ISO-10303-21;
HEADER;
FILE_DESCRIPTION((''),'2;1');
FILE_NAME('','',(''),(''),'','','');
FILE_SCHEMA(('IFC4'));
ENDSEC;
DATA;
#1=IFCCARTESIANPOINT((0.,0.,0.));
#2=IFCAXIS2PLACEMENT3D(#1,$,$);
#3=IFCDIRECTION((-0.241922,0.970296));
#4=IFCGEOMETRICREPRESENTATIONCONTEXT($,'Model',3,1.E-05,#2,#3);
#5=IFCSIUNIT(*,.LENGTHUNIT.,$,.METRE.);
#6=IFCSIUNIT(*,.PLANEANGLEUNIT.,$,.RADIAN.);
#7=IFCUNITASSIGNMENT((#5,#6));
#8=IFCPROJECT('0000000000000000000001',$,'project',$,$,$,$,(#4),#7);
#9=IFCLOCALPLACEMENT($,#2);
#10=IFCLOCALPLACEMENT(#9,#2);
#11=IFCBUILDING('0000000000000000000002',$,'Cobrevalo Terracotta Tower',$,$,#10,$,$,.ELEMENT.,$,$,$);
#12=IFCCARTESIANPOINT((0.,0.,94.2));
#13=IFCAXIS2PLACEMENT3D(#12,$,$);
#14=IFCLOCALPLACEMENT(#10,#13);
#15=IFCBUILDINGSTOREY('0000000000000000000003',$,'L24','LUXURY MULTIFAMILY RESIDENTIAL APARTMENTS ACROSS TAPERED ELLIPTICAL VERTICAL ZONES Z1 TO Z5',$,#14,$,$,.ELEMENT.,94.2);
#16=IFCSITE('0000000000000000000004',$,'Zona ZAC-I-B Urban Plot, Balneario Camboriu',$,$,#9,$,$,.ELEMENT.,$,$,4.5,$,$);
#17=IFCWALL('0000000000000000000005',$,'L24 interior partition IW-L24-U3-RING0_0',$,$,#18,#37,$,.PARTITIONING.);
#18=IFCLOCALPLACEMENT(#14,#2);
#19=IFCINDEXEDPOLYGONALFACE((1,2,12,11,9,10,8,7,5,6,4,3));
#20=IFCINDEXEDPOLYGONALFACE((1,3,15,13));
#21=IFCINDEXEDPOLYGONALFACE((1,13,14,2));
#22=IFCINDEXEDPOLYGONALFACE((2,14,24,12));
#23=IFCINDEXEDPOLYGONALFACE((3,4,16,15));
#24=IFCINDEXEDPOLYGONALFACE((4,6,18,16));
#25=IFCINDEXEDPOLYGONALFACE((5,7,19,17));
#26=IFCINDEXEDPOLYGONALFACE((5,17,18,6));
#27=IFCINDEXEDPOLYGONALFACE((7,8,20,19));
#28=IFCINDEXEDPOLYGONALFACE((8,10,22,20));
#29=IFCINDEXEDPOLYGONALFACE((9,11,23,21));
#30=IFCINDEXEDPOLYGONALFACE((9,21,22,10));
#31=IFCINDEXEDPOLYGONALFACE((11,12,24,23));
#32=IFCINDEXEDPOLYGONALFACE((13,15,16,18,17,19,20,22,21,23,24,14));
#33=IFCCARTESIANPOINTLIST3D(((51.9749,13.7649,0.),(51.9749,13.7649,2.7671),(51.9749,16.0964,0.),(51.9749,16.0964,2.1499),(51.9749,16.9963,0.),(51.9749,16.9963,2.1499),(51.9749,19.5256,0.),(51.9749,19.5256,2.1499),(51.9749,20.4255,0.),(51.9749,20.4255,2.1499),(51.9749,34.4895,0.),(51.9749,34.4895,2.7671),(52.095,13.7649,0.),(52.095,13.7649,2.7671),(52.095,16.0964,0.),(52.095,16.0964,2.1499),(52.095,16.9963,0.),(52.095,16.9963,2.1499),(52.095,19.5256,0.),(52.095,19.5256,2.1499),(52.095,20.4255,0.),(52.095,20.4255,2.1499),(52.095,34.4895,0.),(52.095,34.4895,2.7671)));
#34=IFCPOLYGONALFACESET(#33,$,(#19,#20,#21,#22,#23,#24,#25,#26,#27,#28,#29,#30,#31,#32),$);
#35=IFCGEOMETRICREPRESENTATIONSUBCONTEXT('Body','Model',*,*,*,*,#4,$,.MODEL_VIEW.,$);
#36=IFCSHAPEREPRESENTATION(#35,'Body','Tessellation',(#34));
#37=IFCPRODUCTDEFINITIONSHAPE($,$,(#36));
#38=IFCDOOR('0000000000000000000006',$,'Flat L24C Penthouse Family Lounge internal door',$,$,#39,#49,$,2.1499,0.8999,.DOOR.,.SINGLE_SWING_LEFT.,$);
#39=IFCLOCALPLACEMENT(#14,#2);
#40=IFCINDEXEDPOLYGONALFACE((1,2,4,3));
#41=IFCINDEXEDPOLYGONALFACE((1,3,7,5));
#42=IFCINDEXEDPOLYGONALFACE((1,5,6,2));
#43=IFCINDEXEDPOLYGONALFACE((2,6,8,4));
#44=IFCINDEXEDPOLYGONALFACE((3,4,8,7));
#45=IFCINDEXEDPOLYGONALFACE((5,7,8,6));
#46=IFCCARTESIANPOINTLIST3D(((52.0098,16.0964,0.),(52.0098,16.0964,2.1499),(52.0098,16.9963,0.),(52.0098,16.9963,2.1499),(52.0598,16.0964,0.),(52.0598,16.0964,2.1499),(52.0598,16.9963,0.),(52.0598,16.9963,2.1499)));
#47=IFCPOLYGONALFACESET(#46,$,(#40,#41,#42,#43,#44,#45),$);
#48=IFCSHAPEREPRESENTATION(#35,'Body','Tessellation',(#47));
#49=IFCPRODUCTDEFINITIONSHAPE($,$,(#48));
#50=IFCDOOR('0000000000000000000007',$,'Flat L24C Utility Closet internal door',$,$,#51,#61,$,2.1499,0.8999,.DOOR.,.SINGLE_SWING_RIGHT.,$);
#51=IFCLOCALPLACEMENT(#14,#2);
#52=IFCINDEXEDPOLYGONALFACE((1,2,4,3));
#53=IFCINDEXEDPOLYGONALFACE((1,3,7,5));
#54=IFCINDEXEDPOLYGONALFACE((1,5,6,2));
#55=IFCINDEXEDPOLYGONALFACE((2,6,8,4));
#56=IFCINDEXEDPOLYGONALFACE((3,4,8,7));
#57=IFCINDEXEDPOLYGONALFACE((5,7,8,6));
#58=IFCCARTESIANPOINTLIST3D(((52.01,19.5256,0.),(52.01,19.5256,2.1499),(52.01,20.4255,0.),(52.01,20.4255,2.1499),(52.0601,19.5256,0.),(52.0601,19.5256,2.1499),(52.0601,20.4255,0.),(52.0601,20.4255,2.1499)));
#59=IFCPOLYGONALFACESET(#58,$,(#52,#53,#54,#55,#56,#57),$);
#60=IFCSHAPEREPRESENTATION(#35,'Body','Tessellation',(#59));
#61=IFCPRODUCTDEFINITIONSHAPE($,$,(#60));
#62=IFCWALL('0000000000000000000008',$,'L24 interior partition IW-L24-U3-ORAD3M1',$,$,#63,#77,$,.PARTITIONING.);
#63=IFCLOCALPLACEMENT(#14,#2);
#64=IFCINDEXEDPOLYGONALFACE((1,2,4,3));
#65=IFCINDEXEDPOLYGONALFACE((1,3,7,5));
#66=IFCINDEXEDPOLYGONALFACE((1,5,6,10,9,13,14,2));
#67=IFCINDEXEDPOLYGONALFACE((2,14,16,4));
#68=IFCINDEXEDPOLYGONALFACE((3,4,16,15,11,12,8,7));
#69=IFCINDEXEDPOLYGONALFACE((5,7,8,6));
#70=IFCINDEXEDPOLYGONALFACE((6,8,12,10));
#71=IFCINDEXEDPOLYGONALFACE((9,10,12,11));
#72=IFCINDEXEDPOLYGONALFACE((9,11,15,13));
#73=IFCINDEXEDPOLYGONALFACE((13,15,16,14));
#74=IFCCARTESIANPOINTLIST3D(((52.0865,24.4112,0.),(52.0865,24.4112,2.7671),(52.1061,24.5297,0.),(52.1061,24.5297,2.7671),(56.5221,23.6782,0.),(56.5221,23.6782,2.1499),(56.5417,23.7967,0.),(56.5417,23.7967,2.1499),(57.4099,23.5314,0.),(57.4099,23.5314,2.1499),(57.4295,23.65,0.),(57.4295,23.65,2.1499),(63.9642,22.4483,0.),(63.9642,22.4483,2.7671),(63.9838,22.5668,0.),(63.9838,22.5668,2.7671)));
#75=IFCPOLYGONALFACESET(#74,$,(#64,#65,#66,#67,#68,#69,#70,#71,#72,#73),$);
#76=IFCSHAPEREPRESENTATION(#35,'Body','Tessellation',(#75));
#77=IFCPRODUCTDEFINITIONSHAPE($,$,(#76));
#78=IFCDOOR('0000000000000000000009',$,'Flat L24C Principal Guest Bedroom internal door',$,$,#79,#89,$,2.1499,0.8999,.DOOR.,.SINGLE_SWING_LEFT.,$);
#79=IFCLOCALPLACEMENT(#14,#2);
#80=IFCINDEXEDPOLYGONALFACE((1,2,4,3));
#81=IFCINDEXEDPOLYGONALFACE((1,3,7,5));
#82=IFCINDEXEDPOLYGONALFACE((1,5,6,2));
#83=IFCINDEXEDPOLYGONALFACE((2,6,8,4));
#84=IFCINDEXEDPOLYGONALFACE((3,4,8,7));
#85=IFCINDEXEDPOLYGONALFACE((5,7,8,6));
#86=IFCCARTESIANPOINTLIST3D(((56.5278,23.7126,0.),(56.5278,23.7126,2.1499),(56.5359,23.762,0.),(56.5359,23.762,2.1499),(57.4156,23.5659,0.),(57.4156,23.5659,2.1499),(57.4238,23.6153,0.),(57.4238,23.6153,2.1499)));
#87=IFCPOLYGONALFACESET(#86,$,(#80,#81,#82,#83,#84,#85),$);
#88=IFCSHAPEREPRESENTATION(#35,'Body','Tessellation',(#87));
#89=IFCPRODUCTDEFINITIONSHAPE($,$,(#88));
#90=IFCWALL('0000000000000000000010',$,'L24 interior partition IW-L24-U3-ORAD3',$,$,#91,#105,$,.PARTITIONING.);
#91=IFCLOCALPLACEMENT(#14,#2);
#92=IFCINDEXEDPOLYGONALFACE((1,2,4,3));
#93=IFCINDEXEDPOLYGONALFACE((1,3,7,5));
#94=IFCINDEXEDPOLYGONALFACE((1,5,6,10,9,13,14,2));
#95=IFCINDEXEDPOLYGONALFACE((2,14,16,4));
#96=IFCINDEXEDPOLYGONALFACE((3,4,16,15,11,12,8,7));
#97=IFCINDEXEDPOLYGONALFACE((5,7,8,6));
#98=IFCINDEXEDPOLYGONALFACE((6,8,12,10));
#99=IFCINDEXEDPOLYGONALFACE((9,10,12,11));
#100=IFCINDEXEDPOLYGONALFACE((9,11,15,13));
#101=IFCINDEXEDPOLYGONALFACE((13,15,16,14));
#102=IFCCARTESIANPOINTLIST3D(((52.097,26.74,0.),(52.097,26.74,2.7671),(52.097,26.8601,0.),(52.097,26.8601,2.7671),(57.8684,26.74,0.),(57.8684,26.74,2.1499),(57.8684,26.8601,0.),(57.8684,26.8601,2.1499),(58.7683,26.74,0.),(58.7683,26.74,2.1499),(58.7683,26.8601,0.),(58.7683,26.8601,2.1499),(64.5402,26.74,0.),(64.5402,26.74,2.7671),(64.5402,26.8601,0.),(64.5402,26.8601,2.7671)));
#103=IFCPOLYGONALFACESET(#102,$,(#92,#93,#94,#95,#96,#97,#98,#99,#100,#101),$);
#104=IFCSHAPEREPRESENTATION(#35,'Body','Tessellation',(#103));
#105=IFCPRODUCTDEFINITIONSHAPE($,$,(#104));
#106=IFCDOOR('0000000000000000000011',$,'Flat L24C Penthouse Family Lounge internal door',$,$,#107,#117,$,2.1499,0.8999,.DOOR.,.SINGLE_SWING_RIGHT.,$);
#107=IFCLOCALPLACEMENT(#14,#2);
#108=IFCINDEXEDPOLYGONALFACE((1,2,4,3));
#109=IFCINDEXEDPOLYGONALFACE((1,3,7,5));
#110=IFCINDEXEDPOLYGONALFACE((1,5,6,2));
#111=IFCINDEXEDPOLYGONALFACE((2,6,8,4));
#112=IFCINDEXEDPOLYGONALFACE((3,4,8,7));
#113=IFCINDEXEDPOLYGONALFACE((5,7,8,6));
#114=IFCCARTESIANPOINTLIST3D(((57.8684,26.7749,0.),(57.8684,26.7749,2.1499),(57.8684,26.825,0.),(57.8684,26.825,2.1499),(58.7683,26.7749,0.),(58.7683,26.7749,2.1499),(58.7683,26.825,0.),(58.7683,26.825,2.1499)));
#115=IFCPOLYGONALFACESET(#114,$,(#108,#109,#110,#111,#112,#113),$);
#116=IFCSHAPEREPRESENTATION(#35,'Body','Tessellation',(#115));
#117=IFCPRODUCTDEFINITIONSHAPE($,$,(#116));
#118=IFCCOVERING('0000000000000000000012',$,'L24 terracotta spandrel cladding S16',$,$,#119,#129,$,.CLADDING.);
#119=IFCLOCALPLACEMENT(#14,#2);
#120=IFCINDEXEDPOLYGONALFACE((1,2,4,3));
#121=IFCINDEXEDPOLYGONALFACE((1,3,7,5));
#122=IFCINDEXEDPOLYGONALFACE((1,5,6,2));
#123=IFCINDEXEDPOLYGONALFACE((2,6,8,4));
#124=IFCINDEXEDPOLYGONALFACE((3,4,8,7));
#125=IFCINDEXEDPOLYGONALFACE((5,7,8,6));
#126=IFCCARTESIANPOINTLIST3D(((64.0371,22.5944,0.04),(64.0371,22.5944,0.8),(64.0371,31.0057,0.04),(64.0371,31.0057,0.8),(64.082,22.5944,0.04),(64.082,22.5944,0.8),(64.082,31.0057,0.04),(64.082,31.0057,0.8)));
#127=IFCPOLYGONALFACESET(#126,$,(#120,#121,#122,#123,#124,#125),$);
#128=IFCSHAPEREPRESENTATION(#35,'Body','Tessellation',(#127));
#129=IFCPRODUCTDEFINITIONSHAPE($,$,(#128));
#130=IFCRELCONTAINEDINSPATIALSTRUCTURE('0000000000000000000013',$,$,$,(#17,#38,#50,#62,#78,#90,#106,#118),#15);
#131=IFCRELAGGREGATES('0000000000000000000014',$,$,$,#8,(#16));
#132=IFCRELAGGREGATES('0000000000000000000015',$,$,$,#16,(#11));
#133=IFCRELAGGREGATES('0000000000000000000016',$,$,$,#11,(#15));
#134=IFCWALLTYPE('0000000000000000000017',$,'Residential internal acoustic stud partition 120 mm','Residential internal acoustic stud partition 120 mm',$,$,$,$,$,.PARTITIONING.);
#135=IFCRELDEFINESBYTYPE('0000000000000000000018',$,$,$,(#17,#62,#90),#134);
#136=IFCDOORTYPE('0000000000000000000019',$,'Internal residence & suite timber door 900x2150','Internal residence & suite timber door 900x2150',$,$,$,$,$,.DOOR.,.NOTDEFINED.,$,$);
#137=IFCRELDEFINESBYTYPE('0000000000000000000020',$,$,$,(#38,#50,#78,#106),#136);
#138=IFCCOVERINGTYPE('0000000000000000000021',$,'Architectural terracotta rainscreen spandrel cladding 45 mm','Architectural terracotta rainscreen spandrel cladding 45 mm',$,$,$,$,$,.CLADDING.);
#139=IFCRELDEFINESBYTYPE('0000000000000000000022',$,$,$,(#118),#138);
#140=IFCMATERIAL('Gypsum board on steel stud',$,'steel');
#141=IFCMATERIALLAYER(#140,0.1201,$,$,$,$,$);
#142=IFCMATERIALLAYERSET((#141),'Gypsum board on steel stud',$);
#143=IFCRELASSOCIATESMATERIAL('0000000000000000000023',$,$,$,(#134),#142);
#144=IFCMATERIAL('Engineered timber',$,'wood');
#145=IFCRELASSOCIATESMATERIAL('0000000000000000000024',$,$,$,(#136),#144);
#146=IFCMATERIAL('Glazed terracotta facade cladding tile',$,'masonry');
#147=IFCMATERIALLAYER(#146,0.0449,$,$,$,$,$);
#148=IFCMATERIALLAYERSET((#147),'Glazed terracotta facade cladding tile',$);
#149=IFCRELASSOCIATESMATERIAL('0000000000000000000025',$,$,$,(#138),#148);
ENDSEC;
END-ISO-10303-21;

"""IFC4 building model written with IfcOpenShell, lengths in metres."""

from ifc_helpers import new_model, si_unit, direction, frame, frame_2d, origin, origin_2d, place, context, subcontext, project, spatial, rectangle, extrude, source, transform, mapped, material, layer, layer_set, type_object, element, fill, save


model = new_model("IFC4")

# Units and contexts
model_context = context("Model", 3, precision=1e-05, world=origin(), true_north=direction((-0.241922, 0.970296)))
body_context = subcontext(model_context, "Body", "Model", "MODEL_VIEW")
ifc_project = project(units=[si_unit("LENGTHUNIT", "METRE"), si_unit("PLANEANGLEUNIT", "RADIAN")], contexts=[model_context])

# Site, building, storey
site_placement = place(None, origin())
site = spatial("IfcSite", under=ifc_project, at=site_placement, Name="Zona ZAC-I-B Urban Plot, Balneario Camboriu", CompositionType="ELEMENT", RefElevation=4.5)
building_placement = place(site_placement, origin())
building = spatial("IfcBuilding", under=site, at=building_placement, Name="Cobrevalo Terracotta Tower", CompositionType="ELEMENT")
storey_placement = place(building_placement, frame((0.0, 0.0, 94.2)))
storey = spatial("IfcBuildingStorey", under=building, at=storey_placement, Name="L24", Description="LUXURY MULTIFAMILY RESIDENTIAL APARTMENTS ACROSS TAPERED ELLIPTICAL VERTICAL ZONES Z1 TO Z5", CompositionType="ELEMENT", Elevation=94.2)

# Wall, openings, doors
ifc_material_1 = material(Name="Gypsum board on steel stud", Category="steel")
ifc_layer_1 = layer(ifc_material_1, 0.1201)
ifc_layer_set_1 = layer_set([ifc_layer_1], Name="Gypsum board on steel stud")
wall_type_1 = type_object("IfcWallType", Name="Residential internal acoustic stud partition 120 mm", Description="Residential internal acoustic stud partition 120 mm", PredefinedType="PARTITIONING", material=ifc_layer_set_1)
wall_1_placement = place(storey_placement, frame((52.0349, 34.4895, 0.0), z_axis=(0.0, 0.0, 1.0), x_axis=(0.0, -1.0, 0.0)))
wall_1 = element("IfcWall", 1, at=wall_1_placement, inside=storey, type_object=wall_type_1, Name="L24 interior partition IW-L24-U3-RING0_0", PredefinedType="PARTITIONING", context=body_context, shape_type="SweptSolid", body=[
    extrude(rectangle(XDim=20.7246, YDim=0.1201, at=frame_2d((10.3623, 0.0))), origin(), (0.0, 0.0, 1.0), 2.7671),
])
opening_1_placement = place(wall_1_placement, frame((17.4932, 0.0, 0.0)))
opening_1 = element("IfcOpeningElement", 2, at=opening_1_placement, cuts=wall_1, PredefinedType="OPENING", context=body_context, shape_type="SweptSolid", body=[
    extrude(rectangle(XDim=0.8999, YDim=2.1499, at=frame_2d((0.45, 1.075))), frame((0.0, 0.0701, 0.0), z_axis=(0.0, -1.0, 0.0), x_axis=(1.0, 0.0, 0.0)), (0.0, 0.0, 1.0), 0.1401),
])
opening_2_placement = place(wall_1_placement, frame((14.064, 0.0, 0.0)))
opening_2 = element("IfcOpeningElement", 3, at=opening_2_placement, cuts=wall_1, PredefinedType="OPENING", context=body_context, shape_type="SweptSolid", body=[
    extrude(rectangle(XDim=0.8999, YDim=2.1499, at=frame_2d((0.45, 1.075))), frame((0.0, 0.0701, 0.0), z_axis=(0.0, -1.0, 0.0), x_axis=(1.0, 0.0, 0.0)), (0.0, 0.0, 1.0), 0.1401),
])
ifc_material_2 = material(Name="Engineered timber", Category="wood")
door_type_1 = type_object("IfcDoorType", Name="Internal residence & suite timber door 900x2150", Description="Internal residence & suite timber door 900x2150", OperationType="NOTDEFINED", PredefinedType="DOOR", material=ifc_material_2)
shared_shape_1 = source(origin(), body_context, "Body", "SweptSolid", [
    extrude(rectangle(XDim=0.8999, YDim=2.1499, at=frame_2d((0.45, 1.075))), frame((0.0, 0.0249, 0.0), z_axis=(0.0, -1.0, 0.0), x_axis=(1.0, 0.0, 0.0)), (0.0, 0.0, 1.0), 0.05),
])
door_1_placement = place(opening_1_placement, origin())
door_1 = element("IfcDoor", 4, at=door_1_placement, inside=storey, type_object=door_type_1, Name="Flat L24C Penthouse Family Lounge internal door", OperationType="SINGLE_SWING_LEFT", OverallHeight=2.1499, OverallWidth=0.8999, PredefinedType="DOOR", context=body_context, shape_type="MappedRepresentation", body=[
    mapped(shared_shape_1, transform((0.0, 0.0, 0.0), scale=1.0)),
])
fill(opening_1, door_1)
door_2_placement = place(opening_2_placement, frame((0.8999, 0.0, 0.0), z_axis=(0.0, 0.0, 1.0), x_axis=(-1.0, 0.0, 0.0)))
door_2 = element("IfcDoor", 5, at=door_2_placement, inside=storey, type_object=door_type_1, Name="Flat L24C Utility Closet internal door", OperationType="SINGLE_SWING_RIGHT", OverallHeight=2.1499, OverallWidth=0.8999, PredefinedType="DOOR", context=body_context, shape_type="MappedRepresentation", body=[
    mapped(shared_shape_1, transform((0.0, 0.0, 0.0), scale=1.0)),
])
fill(opening_2, door_2)

# Walls, openings, doors
wall_2_placement = place(storey_placement, frame((52.0962, 24.4705, 0.0), z_axis=(0.0, 0.0, 1.0), x_axis=(0.986618, -0.163047, 0.0)))
wall_2 = element("IfcWall", 6, at=wall_2_placement, inside=storey, type_object=wall_type_1, Name="L24 interior partition IW-L24-U3-ORAD3M1", PredefinedType="PARTITIONING", context=body_context, shape_type="SweptSolid", body=[
    extrude(rectangle(XDim=12.0388, YDim=0.1201, at=frame_2d((6.0195, 0.0))), origin(), (0.0, 0.0, 1.0), 2.7671),
])
opening_3_placement = place(wall_2_placement, frame((4.4958, 0.0, 0.0)))
opening_3 = element("IfcOpeningElement", 7, at=opening_3_placement, cuts=wall_2, PredefinedType="OPENING", context=body_context, shape_type="SweptSolid", body=[
    extrude(rectangle(XDim=0.8999, YDim=2.1499, at=frame_2d((0.45, 1.075))), frame((0.0, 0.0701, 0.0), z_axis=(0.0, -1.0, 0.0), x_axis=(1.0, 0.0, 0.0)), (0.0, 0.0, 1.0), 0.1401),
])
door_3_placement = place(opening_3_placement, origin())
door_3 = element("IfcDoor", 8, at=door_3_placement, inside=storey, type_object=door_type_1, Name="Flat L24C Principal Guest Bedroom internal door", OperationType="SINGLE_SWING_LEFT", OverallHeight=2.1499, OverallWidth=0.8999, PredefinedType="DOOR", context=body_context, shape_type="MappedRepresentation", body=[
    mapped(shared_shape_1, transform((0.0, 0.0, 0.0), scale=1.0)),
])
fill(opening_3, door_3)
wall_3_placement = place(storey_placement, frame((52.0969, 26.8, 0.0), z_axis=(0.0, 0.0, 1.0), x_axis=(1.0, 0.0, 0.0)))
wall_3 = element("IfcWall", 9, at=wall_3_placement, inside=storey, type_object=wall_type_1, Name="L24 interior partition IW-L24-U3-ORAD3", PredefinedType="PARTITIONING", context=body_context, shape_type="SweptSolid", body=[
    extrude(rectangle(XDim=12.4431, YDim=0.1201, at=frame_2d((6.2217, 0.0))), origin(), (0.0, 0.0, 1.0), 2.7671),
])
opening_4_placement = place(wall_3_placement, frame((5.7715, 0.0, 0.0)))
opening_4 = element("IfcOpeningElement", 10, at=opening_4_placement, cuts=wall_3, PredefinedType="OPENING", context=body_context, shape_type="SweptSolid", body=[
    extrude(rectangle(XDim=0.8999, YDim=2.1499, at=frame_2d((0.45, 1.075))), frame((0.0, 0.0701, 0.0), z_axis=(0.0, -1.0, 0.0), x_axis=(1.0, 0.0, 0.0)), (0.0, 0.0, 1.0), 0.1401),
])
door_4_placement = place(opening_4_placement, origin())
door_4 = element("IfcDoor", 11, at=door_4_placement, inside=storey, type_object=door_type_1, Name="Flat L24C Penthouse Family Lounge internal door", OperationType="SINGLE_SWING_RIGHT", OverallHeight=2.1499, OverallWidth=0.8999, PredefinedType="DOOR", context=body_context, shape_type="MappedRepresentation", body=[
    mapped(shared_shape_1, transform((0.0, 0.0, 0.0), scale=1.0)),
])
fill(opening_4, door_4)

# Covering
ifc_material_3 = material(Name="Glazed terracotta facade cladding tile", Category="masonry")
ifc_layer_2 = layer(ifc_material_3, 0.0449)
ifc_layer_set_2 = layer_set([ifc_layer_2], Name="Glazed terracotta facade cladding tile")
covering_type = type_object("IfcCoveringType", Name="Architectural terracotta rainscreen spandrel cladding 45 mm", Description="Architectural terracotta rainscreen spandrel cladding 45 mm", PredefinedType="CLADDING", material=ifc_layer_set_2)
shared_shape_2 = source(origin(), body_context, "Body", "SweptSolid", [
    extrude(rectangle(XDim=8.4114, YDim=0.0449, at=origin_2d()), origin(), (0.0, 0.0, 1.0), 0.76),
])
covering_placement = place(storey_placement, frame((64.0596, 26.8, 0.04), z_axis=(0.0, 0.0, 1.0), x_axis=(0.0, 1.0, 0.0)))
element("IfcCovering", 12, at=covering_placement, inside=storey, type_object=covering_type, Name="L24 terracotta spandrel cladding S16", PredefinedType="CLADDING", context=body_context, shape_type="MappedRepresentation", body=[
    mapped(shared_shape_2, transform((0.0, 0.0, 0.0), scale=1.0)),
])

save(model, "model.ifc")
